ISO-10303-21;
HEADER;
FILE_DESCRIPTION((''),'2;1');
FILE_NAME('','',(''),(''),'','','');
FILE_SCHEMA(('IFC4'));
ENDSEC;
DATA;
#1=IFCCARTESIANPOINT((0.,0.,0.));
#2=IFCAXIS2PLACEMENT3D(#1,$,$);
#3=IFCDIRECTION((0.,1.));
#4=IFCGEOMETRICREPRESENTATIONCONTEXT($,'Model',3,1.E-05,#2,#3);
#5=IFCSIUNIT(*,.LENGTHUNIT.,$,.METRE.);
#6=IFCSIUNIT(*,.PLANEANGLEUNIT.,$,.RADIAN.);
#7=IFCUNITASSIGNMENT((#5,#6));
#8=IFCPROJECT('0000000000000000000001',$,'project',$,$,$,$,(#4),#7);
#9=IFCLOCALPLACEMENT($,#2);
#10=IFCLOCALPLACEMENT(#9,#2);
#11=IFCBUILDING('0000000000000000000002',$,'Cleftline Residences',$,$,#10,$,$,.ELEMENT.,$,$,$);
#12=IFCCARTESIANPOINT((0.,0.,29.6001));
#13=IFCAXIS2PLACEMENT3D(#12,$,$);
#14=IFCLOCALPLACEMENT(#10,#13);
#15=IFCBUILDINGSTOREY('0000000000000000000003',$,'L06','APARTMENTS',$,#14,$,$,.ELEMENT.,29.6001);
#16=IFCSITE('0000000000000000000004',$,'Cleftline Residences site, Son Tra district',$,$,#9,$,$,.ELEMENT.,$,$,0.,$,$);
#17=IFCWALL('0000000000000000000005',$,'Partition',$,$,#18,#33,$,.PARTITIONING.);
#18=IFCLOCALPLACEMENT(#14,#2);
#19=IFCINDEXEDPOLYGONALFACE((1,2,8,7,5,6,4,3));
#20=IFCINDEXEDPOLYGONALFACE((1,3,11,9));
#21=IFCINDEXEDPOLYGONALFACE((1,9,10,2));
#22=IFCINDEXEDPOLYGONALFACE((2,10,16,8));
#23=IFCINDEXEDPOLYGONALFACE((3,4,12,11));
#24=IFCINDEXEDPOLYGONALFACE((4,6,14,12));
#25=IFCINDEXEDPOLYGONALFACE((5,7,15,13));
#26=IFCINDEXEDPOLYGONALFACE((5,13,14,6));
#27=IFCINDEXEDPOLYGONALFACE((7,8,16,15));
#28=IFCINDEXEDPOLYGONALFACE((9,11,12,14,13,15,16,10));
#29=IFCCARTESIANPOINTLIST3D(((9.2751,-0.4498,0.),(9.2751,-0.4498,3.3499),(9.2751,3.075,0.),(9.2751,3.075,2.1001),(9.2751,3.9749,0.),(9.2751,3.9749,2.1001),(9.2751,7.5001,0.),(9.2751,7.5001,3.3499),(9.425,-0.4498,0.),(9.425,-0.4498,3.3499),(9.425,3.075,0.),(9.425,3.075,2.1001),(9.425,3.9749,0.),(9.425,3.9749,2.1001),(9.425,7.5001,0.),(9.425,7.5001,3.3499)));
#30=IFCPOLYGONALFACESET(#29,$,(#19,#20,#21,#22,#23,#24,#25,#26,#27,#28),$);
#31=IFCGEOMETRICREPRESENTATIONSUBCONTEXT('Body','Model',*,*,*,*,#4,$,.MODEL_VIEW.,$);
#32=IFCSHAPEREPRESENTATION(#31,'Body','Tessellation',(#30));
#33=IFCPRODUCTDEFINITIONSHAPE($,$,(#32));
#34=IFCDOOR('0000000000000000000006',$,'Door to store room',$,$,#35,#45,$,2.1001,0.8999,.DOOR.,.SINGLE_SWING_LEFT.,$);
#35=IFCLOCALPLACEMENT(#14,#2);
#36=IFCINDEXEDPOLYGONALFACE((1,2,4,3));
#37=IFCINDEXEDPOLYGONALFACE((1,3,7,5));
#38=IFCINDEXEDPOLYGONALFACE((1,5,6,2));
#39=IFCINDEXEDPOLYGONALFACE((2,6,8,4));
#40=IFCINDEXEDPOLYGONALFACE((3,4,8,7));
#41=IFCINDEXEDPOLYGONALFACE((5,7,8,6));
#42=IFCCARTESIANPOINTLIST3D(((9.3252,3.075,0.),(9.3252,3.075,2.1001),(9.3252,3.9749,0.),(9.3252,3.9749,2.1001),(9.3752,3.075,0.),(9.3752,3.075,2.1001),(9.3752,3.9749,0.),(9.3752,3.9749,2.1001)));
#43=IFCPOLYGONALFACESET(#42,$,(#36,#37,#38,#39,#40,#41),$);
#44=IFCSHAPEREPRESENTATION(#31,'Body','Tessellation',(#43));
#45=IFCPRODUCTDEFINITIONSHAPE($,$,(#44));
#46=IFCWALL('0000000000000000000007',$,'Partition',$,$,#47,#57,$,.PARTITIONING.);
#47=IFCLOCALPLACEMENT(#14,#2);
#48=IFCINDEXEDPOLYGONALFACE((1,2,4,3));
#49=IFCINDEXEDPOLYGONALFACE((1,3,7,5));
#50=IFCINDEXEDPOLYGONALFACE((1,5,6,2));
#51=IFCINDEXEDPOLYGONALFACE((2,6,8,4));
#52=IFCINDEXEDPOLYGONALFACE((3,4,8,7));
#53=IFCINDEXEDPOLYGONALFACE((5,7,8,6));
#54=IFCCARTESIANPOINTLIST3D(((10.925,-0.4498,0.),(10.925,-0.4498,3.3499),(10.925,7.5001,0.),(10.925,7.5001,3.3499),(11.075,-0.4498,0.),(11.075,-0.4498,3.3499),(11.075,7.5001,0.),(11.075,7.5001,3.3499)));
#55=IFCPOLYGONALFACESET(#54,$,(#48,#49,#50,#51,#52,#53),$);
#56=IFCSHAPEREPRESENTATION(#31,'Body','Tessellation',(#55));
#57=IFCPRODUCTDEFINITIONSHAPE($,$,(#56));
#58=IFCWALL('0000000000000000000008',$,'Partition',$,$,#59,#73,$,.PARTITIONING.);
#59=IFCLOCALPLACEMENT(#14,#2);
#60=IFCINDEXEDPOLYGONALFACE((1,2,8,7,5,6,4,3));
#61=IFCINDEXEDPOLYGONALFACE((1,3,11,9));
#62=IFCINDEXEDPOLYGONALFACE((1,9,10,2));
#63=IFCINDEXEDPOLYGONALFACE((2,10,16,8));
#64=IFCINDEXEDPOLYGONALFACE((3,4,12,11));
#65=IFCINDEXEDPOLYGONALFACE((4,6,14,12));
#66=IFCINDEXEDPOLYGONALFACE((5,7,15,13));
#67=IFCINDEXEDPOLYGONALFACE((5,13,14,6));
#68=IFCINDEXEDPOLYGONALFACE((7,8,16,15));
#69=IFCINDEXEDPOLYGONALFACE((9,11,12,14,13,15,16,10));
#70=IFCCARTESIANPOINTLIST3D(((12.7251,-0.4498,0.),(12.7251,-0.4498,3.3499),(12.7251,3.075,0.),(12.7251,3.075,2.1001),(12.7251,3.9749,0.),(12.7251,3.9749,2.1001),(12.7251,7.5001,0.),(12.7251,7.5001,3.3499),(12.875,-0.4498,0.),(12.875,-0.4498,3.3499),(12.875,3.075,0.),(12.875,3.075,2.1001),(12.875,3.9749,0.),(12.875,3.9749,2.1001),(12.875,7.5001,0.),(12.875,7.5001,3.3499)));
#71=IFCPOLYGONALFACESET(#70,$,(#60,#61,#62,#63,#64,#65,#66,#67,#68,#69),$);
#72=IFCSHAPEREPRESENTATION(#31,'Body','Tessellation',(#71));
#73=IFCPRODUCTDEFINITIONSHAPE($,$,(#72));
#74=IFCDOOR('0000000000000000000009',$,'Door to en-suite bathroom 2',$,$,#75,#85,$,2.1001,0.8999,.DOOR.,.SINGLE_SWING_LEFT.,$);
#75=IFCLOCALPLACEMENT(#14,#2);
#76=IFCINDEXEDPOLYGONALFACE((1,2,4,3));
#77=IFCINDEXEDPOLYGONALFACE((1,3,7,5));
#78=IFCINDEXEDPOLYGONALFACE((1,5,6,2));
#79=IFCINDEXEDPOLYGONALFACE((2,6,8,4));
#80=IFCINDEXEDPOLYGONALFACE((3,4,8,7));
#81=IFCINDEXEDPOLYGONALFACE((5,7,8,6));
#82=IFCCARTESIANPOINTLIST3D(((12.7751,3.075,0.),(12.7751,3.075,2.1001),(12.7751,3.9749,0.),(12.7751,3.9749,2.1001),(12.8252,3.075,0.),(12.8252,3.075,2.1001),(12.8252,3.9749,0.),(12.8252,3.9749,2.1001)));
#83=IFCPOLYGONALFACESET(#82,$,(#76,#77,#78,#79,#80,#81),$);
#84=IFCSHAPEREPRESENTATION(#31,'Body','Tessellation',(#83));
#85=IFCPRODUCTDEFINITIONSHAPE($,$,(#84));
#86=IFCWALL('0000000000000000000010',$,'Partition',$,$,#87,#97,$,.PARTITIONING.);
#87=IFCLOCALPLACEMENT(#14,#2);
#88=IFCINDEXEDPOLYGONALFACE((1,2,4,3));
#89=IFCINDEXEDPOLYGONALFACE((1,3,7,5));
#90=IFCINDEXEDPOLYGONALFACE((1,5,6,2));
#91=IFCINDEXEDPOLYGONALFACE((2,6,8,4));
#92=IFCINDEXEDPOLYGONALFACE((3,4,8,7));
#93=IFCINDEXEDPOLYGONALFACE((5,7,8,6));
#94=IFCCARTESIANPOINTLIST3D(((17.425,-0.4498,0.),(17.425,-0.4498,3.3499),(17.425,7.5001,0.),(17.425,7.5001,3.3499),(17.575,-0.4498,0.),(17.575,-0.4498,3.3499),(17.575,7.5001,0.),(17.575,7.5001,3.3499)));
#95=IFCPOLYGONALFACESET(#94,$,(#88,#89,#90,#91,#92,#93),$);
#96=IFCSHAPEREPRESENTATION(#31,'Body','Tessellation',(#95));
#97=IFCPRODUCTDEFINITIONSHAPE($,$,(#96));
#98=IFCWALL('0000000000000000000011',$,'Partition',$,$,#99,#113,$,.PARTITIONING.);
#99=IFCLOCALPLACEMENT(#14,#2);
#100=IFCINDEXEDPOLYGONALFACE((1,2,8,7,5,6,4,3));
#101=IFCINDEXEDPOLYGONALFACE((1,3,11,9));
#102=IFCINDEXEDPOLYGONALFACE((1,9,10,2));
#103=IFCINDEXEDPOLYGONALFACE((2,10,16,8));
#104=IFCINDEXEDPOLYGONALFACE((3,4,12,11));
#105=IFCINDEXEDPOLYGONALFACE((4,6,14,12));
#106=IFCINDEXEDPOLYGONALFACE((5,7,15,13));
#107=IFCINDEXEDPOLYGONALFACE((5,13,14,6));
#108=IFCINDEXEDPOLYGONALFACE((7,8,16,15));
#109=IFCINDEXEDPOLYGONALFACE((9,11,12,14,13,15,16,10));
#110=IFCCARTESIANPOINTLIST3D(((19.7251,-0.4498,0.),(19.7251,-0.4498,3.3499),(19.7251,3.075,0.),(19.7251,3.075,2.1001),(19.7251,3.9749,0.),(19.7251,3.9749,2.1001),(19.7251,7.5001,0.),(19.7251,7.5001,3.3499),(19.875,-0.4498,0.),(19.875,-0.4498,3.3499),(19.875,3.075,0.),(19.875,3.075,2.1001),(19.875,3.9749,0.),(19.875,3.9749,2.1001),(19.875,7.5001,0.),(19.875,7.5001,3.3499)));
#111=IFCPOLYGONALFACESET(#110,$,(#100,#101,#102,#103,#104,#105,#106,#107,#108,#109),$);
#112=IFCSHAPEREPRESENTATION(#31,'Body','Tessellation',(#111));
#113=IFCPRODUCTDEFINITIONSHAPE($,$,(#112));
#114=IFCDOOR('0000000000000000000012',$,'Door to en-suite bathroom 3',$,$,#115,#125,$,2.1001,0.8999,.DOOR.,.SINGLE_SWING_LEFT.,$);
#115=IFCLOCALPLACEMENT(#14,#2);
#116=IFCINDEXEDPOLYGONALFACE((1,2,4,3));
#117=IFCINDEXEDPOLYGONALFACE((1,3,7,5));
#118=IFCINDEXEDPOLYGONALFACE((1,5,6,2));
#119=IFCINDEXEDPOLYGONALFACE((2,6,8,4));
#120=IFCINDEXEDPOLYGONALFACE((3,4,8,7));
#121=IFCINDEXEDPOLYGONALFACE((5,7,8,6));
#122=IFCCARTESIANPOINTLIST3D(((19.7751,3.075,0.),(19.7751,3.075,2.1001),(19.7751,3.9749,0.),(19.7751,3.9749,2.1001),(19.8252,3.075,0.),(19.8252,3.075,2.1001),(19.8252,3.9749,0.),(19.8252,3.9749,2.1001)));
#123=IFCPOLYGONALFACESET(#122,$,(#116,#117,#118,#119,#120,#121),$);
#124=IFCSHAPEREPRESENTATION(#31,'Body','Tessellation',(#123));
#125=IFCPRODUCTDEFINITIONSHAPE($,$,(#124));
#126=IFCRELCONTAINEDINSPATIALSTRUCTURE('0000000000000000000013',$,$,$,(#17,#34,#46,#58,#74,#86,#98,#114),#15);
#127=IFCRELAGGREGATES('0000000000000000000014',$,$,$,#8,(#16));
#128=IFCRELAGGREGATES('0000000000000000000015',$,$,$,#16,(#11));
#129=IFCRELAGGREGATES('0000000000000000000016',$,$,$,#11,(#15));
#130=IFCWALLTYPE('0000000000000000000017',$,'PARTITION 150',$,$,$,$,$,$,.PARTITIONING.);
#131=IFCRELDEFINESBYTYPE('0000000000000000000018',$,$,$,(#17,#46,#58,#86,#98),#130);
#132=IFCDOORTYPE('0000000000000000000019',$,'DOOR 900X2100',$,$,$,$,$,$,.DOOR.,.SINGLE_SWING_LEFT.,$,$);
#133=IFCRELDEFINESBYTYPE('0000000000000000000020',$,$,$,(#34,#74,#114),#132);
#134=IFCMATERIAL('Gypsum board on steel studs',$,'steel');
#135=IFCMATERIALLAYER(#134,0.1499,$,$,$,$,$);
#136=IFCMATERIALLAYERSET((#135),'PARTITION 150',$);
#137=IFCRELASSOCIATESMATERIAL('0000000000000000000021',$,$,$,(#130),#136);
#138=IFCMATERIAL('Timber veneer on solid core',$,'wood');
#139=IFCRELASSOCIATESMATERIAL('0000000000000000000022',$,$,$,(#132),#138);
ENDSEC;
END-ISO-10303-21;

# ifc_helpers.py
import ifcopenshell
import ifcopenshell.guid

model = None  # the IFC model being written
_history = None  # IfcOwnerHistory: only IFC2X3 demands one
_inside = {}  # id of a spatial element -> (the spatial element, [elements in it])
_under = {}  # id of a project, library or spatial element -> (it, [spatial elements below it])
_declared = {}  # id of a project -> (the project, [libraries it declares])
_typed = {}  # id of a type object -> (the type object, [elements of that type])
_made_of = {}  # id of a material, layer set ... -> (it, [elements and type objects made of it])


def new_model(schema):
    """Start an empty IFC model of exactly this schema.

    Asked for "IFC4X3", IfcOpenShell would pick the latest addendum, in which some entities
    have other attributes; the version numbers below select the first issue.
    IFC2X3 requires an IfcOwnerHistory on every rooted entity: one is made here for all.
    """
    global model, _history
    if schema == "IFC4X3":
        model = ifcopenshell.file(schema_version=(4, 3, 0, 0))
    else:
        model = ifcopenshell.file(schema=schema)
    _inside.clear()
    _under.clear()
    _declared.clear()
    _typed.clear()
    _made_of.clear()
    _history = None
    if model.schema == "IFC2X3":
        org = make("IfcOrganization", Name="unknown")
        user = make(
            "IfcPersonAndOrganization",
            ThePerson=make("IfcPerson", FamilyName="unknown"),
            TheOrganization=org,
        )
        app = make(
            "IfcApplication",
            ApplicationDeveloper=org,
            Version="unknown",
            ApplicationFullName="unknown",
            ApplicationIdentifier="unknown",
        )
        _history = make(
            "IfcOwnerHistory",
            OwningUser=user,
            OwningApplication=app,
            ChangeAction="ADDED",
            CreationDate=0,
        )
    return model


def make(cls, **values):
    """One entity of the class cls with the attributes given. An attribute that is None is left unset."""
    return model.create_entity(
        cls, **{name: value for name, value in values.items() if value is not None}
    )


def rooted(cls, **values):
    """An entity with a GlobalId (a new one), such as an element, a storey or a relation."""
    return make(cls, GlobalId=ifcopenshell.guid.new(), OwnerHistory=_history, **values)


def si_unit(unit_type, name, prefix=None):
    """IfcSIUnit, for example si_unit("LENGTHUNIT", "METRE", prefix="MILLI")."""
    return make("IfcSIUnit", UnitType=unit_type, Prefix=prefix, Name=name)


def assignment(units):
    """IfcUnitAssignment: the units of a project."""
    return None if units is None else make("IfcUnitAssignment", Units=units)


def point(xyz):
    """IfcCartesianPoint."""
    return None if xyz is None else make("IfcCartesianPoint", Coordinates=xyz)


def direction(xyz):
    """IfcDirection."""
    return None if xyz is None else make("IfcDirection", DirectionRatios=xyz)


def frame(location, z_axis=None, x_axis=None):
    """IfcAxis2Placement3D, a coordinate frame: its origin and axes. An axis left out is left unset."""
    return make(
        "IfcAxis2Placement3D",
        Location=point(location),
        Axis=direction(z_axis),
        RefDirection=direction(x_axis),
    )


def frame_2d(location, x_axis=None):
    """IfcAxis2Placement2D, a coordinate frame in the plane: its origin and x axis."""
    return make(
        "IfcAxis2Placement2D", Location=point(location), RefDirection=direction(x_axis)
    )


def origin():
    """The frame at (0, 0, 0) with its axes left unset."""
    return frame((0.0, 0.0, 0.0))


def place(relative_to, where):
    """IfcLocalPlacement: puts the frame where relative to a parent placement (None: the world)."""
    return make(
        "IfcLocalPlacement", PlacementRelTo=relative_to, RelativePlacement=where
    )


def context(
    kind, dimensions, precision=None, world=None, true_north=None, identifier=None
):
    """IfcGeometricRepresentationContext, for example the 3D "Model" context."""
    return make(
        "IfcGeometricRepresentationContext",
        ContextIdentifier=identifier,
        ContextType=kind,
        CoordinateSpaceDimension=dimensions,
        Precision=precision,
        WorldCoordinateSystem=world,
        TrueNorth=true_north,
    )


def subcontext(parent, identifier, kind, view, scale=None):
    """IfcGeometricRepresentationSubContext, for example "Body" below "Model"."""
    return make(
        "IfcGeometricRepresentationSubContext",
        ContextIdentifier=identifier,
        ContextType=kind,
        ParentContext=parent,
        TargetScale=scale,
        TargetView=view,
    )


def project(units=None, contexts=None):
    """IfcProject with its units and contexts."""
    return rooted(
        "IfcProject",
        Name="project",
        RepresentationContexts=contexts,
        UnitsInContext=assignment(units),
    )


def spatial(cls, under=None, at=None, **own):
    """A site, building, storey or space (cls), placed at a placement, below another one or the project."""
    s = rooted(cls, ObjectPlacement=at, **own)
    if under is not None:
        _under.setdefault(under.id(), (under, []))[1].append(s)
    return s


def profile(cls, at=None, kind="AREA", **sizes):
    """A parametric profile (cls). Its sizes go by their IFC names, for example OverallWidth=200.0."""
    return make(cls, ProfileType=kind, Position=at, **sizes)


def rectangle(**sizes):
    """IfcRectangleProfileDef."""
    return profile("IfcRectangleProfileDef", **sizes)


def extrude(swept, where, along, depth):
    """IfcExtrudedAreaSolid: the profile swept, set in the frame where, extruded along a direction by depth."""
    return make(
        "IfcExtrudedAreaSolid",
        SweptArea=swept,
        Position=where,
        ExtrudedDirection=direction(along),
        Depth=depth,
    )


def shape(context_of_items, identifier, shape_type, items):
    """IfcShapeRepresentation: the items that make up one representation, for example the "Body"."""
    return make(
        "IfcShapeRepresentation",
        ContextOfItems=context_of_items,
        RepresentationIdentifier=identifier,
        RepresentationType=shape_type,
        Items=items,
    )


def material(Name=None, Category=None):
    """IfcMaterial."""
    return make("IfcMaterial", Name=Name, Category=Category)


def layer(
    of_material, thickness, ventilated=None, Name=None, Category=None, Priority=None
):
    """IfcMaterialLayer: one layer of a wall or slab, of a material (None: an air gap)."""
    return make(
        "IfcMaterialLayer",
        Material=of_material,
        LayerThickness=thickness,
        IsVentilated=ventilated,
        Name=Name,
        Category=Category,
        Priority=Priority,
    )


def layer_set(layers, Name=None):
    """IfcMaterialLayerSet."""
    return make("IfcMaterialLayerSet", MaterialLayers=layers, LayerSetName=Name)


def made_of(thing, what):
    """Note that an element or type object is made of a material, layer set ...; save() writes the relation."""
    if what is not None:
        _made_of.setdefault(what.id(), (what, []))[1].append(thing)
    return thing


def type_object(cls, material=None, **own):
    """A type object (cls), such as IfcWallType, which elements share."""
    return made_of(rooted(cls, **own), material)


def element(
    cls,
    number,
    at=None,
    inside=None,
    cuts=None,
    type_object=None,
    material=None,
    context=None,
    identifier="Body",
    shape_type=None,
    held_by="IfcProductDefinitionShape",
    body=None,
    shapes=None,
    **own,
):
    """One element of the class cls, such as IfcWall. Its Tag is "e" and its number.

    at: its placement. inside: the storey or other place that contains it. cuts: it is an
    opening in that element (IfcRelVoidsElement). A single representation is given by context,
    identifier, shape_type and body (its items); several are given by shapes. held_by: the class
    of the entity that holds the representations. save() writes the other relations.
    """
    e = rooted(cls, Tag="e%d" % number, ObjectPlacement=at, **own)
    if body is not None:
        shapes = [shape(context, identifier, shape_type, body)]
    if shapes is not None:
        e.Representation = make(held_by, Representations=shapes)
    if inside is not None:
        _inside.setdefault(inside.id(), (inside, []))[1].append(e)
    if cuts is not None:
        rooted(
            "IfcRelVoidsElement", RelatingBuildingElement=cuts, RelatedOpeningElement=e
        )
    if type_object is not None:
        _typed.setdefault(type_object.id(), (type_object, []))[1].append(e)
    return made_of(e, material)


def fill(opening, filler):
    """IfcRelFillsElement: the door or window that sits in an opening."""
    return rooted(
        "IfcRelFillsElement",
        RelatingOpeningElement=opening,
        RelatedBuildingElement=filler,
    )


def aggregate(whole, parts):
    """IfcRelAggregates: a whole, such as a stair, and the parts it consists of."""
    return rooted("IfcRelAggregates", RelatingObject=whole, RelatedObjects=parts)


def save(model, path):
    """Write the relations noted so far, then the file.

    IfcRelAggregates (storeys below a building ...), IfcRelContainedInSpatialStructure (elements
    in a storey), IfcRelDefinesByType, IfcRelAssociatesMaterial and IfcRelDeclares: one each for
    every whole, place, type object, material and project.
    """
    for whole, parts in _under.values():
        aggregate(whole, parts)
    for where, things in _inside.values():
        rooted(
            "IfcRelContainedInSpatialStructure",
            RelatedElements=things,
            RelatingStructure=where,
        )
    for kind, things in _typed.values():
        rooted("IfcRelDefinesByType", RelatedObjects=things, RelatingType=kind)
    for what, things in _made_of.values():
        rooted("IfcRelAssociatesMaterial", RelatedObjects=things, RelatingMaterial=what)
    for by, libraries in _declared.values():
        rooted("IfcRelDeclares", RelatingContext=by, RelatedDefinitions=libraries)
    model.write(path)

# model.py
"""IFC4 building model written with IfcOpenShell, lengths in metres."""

from ifc_helpers import new_model, si_unit, direction, frame, frame_2d, origin, place, context, subcontext, project, spatial, rectangle, extrude, material, layer, layer_set, type_object, element, fill, save


model = new_model("IFC4")

# Units and contexts
model_context = context("Model", 3, precision=1e-05, world=origin(), true_north=direction((0.0, 1.0)))
body_context = subcontext(model_context, "Body", "Model", "MODEL_VIEW")
ifc_project = project(units=[si_unit("LENGTHUNIT", "METRE"), si_unit("PLANEANGLEUNIT", "RADIAN")], contexts=[model_context])

# Site, building, storey
site_placement = place(None, origin())
site = spatial("IfcSite", under=ifc_project, at=site_placement, Name="Cleftline Residences site, Son Tra district", CompositionType="ELEMENT", RefElevation=0.0)
building_placement = place(site_placement, origin())
building = spatial("IfcBuilding", under=site, at=building_placement, Name="Cleftline Residences", CompositionType="ELEMENT")
storey_placement = place(building_placement, frame((0.0, 0.0, 29.6001)))
storey = spatial("IfcBuildingStorey", under=building, at=storey_placement, Name="L06", Description="APARTMENTS", CompositionType="ELEMENT", Elevation=29.6001)

# Wall, opening, door
ifc_material_1 = material(Name="Gypsum board on steel studs", Category="steel")
ifc_layer_1 = layer(ifc_material_1, 0.1499)
ifc_layer_set_1 = layer_set([ifc_layer_1], Name="PARTITION 150")
wall_type = type_object("IfcWallType", Name="PARTITION 150", PredefinedType="PARTITIONING", material=ifc_layer_set_1)
wall_1_placement = place(storey_placement, frame((9.3501, -0.45, 0.0), z_axis=(0.0, 0.0, 1.0), x_axis=(0.0, 1.0, 0.0)))
wall_1 = element("IfcWall", 1, at=wall_1_placement, inside=storey, type_object=wall_type, Name="Partition", PredefinedType="PARTITIONING", context=body_context, shape_type="SweptSolid", body=[
    extrude(rectangle(XDim=7.95, YDim=0.1499, at=frame_2d((3.9751, 0.0))), origin(), (0.0, 0.0, 1.0), 3.3499),
])
opening_1_placement = place(wall_1_placement, frame((3.5249, 0.0, 0.0)))
opening_1 = element("IfcOpeningElement", 2, at=opening_1_placement, cuts=wall_1, PredefinedType="OPENING", context=body_context, shape_type="SweptSolid", body=[
    extrude(rectangle(XDim=0.8999, YDim=2.1001, at=frame_2d((0.45, 1.05))), frame((0.0, 0.085, 0.0), z_axis=(0.0, -1.0, 0.0), x_axis=(1.0, 0.0, 0.0)), (0.0, 0.0, 1.0), 0.1699),
])
ifc_material_2 = material(Name="Timber veneer on solid core", Category="wood")
door_type_1 = type_object("IfcDoorType", Name="DOOR 900X2100", OperationType="SINGLE_SWING_LEFT", PredefinedType="DOOR", material=ifc_material_2)
door_1_placement = place(opening_1_placement, origin())
door_1 = element("IfcDoor", 3, at=door_1_placement, inside=storey, type_object=door_type_1, Name="Door to store room", OperationType="SINGLE_SWING_LEFT", OverallHeight=2.1001, OverallWidth=0.8999, PredefinedType="DOOR", context=body_context, shape_type="SweptSolid", body=[
    extrude(rectangle(XDim=0.8999, YDim=2.1001, at=frame_2d((0.45, 1.05))), frame((0.0, 0.0249, 0.0), z_axis=(0.0, -1.0, 0.0), x_axis=(1.0, 0.0, 0.0)), (0.0, 0.0, 1.0), 0.05),
])
fill(opening_1, door_1)

# Wall
wall_2_placement = place(storey_placement, frame((11.0, -0.45, 0.0), z_axis=(0.0, 0.0, 1.0), x_axis=(0.0, 1.0, 0.0)))
element("IfcWall", 4, at=wall_2_placement, inside=storey, type_object=wall_type, Name="Partition", PredefinedType="PARTITIONING", context=body_context, shape_type="SweptSolid", body=[
    extrude(rectangle(XDim=7.95, YDim=0.1499, at=frame_2d((3.9751, 0.0))), origin(), (0.0, 0.0, 1.0), 3.3499),
])

# Wall, opening, door
wall_3_placement = place(storey_placement, frame((12.8, -0.45, 0.0), z_axis=(0.0, 0.0, 1.0), x_axis=(0.0, 1.0, 0.0)))
wall_3 = element("IfcWall", 5, at=wall_3_placement, inside=storey, type_object=wall_type, Name="Partition", PredefinedType="PARTITIONING", context=body_context, shape_type="SweptSolid", body=[
    extrude(rectangle(XDim=7.95, YDim=0.1499, at=frame_2d((3.9751, 0.0))), origin(), (0.0, 0.0, 1.0), 3.3499),
])
opening_2_placement = place(wall_3_placement, frame((3.5249, 0.0, 0.0)))
opening_2 = element("IfcOpeningElement", 6, at=opening_2_placement, cuts=wall_3, PredefinedType="OPENING", context=body_context, shape_type="SweptSolid", body=[
    extrude(rectangle(XDim=0.8999, YDim=2.1001, at=frame_2d((0.45, 1.05))), frame((0.0, 0.085, 0.0), z_axis=(0.0, -1.0, 0.0), x_axis=(1.0, 0.0, 0.0)), (0.0, 0.0, 1.0), 0.1699),
])
door_2_placement = place(opening_2_placement, origin())
door_2 = element("IfcDoor", 7, at=door_2_placement, inside=storey, type_object=door_type_1, Name="Door to en-suite bathroom 2", OperationType="SINGLE_SWING_LEFT", OverallHeight=2.1001, OverallWidth=0.8999, PredefinedType="DOOR", context=body_context, shape_type="SweptSolid", body=[
    extrude(rectangle(XDim=0.8999, YDim=2.1001, at=frame_2d((0.45, 1.05))), frame((0.0, 0.0249, 0.0), z_axis=(0.0, -1.0, 0.0), x_axis=(1.0, 0.0, 0.0)), (0.0, 0.0, 1.0), 0.05),
])
fill(opening_2, door_2)

# Wall
wall_4_placement = place(storey_placement, frame((17.5, -0.45, 0.0), z_axis=(0.0, 0.0, 1.0), x_axis=(0.0, 1.0, 0.0)))
element("IfcWall", 8, at=wall_4_placement, inside=storey, type_object=wall_type, Name="Partition", PredefinedType="PARTITIONING", context=body_context, shape_type="SweptSolid", body=[
    extrude(rectangle(XDim=7.95, YDim=0.1499, at=frame_2d((3.9751, 0.0))), origin(), (0.0, 0.0, 1.0), 3.3499),
])

# Wall, opening, door
wall_5_placement = place(storey_placement, frame((19.8, -0.45, 0.0), z_axis=(0.0, 0.0, 1.0), x_axis=(0.0, 1.0, 0.0)))
wall_5 = element("IfcWall", 9, at=wall_5_placement, inside=storey, type_object=wall_type, Name="Partition", PredefinedType="PARTITIONING", context=body_context, shape_type="SweptSolid", body=[
    extrude(rectangle(XDim=7.95, YDim=0.1499, at=frame_2d((3.9751, 0.0))), origin(), (0.0, 0.0, 1.0), 3.3499),
])
opening_3_placement = place(wall_5_placement, frame((3.5249, 0.0, 0.0)))
opening_3 = element("IfcOpeningElement", 10, at=opening_3_placement, cuts=wall_5, PredefinedType="OPENING", context=body_context, shape_type="SweptSolid", body=[
    extrude(rectangle(XDim=0.8999, YDim=2.1001, at=frame_2d((0.45, 1.05))), frame((0.0, 0.085, 0.0), z_axis=(0.0, -1.0, 0.0), x_axis=(1.0, 0.0, 0.0)), (0.0, 0.0, 1.0), 0.1699),
])
door_3_placement = place(opening_3_placement, origin())
door_3 = element("IfcDoor", 11, at=door_3_placement, inside=storey, type_object=door_type_1, Name="Door to en-suite bathroom 3", OperationType="SINGLE_SWING_LEFT", OverallHeight=2.1001, OverallWidth=0.8999, PredefinedType="DOOR", context=body_context, shape_type="SweptSolid", body=[
    extrude(rectangle(XDim=0.8999, YDim=2.1001, at=frame_2d((0.45, 1.05))), frame((0.0, 0.0249, 0.0), z_axis=(0.0, -1.0, 0.0), x_axis=(1.0, 0.0, 0.0)), (0.0, 0.0, 1.0), 0.05),
])
fill(opening_3, door_3)

save(model, "model.ifc")
